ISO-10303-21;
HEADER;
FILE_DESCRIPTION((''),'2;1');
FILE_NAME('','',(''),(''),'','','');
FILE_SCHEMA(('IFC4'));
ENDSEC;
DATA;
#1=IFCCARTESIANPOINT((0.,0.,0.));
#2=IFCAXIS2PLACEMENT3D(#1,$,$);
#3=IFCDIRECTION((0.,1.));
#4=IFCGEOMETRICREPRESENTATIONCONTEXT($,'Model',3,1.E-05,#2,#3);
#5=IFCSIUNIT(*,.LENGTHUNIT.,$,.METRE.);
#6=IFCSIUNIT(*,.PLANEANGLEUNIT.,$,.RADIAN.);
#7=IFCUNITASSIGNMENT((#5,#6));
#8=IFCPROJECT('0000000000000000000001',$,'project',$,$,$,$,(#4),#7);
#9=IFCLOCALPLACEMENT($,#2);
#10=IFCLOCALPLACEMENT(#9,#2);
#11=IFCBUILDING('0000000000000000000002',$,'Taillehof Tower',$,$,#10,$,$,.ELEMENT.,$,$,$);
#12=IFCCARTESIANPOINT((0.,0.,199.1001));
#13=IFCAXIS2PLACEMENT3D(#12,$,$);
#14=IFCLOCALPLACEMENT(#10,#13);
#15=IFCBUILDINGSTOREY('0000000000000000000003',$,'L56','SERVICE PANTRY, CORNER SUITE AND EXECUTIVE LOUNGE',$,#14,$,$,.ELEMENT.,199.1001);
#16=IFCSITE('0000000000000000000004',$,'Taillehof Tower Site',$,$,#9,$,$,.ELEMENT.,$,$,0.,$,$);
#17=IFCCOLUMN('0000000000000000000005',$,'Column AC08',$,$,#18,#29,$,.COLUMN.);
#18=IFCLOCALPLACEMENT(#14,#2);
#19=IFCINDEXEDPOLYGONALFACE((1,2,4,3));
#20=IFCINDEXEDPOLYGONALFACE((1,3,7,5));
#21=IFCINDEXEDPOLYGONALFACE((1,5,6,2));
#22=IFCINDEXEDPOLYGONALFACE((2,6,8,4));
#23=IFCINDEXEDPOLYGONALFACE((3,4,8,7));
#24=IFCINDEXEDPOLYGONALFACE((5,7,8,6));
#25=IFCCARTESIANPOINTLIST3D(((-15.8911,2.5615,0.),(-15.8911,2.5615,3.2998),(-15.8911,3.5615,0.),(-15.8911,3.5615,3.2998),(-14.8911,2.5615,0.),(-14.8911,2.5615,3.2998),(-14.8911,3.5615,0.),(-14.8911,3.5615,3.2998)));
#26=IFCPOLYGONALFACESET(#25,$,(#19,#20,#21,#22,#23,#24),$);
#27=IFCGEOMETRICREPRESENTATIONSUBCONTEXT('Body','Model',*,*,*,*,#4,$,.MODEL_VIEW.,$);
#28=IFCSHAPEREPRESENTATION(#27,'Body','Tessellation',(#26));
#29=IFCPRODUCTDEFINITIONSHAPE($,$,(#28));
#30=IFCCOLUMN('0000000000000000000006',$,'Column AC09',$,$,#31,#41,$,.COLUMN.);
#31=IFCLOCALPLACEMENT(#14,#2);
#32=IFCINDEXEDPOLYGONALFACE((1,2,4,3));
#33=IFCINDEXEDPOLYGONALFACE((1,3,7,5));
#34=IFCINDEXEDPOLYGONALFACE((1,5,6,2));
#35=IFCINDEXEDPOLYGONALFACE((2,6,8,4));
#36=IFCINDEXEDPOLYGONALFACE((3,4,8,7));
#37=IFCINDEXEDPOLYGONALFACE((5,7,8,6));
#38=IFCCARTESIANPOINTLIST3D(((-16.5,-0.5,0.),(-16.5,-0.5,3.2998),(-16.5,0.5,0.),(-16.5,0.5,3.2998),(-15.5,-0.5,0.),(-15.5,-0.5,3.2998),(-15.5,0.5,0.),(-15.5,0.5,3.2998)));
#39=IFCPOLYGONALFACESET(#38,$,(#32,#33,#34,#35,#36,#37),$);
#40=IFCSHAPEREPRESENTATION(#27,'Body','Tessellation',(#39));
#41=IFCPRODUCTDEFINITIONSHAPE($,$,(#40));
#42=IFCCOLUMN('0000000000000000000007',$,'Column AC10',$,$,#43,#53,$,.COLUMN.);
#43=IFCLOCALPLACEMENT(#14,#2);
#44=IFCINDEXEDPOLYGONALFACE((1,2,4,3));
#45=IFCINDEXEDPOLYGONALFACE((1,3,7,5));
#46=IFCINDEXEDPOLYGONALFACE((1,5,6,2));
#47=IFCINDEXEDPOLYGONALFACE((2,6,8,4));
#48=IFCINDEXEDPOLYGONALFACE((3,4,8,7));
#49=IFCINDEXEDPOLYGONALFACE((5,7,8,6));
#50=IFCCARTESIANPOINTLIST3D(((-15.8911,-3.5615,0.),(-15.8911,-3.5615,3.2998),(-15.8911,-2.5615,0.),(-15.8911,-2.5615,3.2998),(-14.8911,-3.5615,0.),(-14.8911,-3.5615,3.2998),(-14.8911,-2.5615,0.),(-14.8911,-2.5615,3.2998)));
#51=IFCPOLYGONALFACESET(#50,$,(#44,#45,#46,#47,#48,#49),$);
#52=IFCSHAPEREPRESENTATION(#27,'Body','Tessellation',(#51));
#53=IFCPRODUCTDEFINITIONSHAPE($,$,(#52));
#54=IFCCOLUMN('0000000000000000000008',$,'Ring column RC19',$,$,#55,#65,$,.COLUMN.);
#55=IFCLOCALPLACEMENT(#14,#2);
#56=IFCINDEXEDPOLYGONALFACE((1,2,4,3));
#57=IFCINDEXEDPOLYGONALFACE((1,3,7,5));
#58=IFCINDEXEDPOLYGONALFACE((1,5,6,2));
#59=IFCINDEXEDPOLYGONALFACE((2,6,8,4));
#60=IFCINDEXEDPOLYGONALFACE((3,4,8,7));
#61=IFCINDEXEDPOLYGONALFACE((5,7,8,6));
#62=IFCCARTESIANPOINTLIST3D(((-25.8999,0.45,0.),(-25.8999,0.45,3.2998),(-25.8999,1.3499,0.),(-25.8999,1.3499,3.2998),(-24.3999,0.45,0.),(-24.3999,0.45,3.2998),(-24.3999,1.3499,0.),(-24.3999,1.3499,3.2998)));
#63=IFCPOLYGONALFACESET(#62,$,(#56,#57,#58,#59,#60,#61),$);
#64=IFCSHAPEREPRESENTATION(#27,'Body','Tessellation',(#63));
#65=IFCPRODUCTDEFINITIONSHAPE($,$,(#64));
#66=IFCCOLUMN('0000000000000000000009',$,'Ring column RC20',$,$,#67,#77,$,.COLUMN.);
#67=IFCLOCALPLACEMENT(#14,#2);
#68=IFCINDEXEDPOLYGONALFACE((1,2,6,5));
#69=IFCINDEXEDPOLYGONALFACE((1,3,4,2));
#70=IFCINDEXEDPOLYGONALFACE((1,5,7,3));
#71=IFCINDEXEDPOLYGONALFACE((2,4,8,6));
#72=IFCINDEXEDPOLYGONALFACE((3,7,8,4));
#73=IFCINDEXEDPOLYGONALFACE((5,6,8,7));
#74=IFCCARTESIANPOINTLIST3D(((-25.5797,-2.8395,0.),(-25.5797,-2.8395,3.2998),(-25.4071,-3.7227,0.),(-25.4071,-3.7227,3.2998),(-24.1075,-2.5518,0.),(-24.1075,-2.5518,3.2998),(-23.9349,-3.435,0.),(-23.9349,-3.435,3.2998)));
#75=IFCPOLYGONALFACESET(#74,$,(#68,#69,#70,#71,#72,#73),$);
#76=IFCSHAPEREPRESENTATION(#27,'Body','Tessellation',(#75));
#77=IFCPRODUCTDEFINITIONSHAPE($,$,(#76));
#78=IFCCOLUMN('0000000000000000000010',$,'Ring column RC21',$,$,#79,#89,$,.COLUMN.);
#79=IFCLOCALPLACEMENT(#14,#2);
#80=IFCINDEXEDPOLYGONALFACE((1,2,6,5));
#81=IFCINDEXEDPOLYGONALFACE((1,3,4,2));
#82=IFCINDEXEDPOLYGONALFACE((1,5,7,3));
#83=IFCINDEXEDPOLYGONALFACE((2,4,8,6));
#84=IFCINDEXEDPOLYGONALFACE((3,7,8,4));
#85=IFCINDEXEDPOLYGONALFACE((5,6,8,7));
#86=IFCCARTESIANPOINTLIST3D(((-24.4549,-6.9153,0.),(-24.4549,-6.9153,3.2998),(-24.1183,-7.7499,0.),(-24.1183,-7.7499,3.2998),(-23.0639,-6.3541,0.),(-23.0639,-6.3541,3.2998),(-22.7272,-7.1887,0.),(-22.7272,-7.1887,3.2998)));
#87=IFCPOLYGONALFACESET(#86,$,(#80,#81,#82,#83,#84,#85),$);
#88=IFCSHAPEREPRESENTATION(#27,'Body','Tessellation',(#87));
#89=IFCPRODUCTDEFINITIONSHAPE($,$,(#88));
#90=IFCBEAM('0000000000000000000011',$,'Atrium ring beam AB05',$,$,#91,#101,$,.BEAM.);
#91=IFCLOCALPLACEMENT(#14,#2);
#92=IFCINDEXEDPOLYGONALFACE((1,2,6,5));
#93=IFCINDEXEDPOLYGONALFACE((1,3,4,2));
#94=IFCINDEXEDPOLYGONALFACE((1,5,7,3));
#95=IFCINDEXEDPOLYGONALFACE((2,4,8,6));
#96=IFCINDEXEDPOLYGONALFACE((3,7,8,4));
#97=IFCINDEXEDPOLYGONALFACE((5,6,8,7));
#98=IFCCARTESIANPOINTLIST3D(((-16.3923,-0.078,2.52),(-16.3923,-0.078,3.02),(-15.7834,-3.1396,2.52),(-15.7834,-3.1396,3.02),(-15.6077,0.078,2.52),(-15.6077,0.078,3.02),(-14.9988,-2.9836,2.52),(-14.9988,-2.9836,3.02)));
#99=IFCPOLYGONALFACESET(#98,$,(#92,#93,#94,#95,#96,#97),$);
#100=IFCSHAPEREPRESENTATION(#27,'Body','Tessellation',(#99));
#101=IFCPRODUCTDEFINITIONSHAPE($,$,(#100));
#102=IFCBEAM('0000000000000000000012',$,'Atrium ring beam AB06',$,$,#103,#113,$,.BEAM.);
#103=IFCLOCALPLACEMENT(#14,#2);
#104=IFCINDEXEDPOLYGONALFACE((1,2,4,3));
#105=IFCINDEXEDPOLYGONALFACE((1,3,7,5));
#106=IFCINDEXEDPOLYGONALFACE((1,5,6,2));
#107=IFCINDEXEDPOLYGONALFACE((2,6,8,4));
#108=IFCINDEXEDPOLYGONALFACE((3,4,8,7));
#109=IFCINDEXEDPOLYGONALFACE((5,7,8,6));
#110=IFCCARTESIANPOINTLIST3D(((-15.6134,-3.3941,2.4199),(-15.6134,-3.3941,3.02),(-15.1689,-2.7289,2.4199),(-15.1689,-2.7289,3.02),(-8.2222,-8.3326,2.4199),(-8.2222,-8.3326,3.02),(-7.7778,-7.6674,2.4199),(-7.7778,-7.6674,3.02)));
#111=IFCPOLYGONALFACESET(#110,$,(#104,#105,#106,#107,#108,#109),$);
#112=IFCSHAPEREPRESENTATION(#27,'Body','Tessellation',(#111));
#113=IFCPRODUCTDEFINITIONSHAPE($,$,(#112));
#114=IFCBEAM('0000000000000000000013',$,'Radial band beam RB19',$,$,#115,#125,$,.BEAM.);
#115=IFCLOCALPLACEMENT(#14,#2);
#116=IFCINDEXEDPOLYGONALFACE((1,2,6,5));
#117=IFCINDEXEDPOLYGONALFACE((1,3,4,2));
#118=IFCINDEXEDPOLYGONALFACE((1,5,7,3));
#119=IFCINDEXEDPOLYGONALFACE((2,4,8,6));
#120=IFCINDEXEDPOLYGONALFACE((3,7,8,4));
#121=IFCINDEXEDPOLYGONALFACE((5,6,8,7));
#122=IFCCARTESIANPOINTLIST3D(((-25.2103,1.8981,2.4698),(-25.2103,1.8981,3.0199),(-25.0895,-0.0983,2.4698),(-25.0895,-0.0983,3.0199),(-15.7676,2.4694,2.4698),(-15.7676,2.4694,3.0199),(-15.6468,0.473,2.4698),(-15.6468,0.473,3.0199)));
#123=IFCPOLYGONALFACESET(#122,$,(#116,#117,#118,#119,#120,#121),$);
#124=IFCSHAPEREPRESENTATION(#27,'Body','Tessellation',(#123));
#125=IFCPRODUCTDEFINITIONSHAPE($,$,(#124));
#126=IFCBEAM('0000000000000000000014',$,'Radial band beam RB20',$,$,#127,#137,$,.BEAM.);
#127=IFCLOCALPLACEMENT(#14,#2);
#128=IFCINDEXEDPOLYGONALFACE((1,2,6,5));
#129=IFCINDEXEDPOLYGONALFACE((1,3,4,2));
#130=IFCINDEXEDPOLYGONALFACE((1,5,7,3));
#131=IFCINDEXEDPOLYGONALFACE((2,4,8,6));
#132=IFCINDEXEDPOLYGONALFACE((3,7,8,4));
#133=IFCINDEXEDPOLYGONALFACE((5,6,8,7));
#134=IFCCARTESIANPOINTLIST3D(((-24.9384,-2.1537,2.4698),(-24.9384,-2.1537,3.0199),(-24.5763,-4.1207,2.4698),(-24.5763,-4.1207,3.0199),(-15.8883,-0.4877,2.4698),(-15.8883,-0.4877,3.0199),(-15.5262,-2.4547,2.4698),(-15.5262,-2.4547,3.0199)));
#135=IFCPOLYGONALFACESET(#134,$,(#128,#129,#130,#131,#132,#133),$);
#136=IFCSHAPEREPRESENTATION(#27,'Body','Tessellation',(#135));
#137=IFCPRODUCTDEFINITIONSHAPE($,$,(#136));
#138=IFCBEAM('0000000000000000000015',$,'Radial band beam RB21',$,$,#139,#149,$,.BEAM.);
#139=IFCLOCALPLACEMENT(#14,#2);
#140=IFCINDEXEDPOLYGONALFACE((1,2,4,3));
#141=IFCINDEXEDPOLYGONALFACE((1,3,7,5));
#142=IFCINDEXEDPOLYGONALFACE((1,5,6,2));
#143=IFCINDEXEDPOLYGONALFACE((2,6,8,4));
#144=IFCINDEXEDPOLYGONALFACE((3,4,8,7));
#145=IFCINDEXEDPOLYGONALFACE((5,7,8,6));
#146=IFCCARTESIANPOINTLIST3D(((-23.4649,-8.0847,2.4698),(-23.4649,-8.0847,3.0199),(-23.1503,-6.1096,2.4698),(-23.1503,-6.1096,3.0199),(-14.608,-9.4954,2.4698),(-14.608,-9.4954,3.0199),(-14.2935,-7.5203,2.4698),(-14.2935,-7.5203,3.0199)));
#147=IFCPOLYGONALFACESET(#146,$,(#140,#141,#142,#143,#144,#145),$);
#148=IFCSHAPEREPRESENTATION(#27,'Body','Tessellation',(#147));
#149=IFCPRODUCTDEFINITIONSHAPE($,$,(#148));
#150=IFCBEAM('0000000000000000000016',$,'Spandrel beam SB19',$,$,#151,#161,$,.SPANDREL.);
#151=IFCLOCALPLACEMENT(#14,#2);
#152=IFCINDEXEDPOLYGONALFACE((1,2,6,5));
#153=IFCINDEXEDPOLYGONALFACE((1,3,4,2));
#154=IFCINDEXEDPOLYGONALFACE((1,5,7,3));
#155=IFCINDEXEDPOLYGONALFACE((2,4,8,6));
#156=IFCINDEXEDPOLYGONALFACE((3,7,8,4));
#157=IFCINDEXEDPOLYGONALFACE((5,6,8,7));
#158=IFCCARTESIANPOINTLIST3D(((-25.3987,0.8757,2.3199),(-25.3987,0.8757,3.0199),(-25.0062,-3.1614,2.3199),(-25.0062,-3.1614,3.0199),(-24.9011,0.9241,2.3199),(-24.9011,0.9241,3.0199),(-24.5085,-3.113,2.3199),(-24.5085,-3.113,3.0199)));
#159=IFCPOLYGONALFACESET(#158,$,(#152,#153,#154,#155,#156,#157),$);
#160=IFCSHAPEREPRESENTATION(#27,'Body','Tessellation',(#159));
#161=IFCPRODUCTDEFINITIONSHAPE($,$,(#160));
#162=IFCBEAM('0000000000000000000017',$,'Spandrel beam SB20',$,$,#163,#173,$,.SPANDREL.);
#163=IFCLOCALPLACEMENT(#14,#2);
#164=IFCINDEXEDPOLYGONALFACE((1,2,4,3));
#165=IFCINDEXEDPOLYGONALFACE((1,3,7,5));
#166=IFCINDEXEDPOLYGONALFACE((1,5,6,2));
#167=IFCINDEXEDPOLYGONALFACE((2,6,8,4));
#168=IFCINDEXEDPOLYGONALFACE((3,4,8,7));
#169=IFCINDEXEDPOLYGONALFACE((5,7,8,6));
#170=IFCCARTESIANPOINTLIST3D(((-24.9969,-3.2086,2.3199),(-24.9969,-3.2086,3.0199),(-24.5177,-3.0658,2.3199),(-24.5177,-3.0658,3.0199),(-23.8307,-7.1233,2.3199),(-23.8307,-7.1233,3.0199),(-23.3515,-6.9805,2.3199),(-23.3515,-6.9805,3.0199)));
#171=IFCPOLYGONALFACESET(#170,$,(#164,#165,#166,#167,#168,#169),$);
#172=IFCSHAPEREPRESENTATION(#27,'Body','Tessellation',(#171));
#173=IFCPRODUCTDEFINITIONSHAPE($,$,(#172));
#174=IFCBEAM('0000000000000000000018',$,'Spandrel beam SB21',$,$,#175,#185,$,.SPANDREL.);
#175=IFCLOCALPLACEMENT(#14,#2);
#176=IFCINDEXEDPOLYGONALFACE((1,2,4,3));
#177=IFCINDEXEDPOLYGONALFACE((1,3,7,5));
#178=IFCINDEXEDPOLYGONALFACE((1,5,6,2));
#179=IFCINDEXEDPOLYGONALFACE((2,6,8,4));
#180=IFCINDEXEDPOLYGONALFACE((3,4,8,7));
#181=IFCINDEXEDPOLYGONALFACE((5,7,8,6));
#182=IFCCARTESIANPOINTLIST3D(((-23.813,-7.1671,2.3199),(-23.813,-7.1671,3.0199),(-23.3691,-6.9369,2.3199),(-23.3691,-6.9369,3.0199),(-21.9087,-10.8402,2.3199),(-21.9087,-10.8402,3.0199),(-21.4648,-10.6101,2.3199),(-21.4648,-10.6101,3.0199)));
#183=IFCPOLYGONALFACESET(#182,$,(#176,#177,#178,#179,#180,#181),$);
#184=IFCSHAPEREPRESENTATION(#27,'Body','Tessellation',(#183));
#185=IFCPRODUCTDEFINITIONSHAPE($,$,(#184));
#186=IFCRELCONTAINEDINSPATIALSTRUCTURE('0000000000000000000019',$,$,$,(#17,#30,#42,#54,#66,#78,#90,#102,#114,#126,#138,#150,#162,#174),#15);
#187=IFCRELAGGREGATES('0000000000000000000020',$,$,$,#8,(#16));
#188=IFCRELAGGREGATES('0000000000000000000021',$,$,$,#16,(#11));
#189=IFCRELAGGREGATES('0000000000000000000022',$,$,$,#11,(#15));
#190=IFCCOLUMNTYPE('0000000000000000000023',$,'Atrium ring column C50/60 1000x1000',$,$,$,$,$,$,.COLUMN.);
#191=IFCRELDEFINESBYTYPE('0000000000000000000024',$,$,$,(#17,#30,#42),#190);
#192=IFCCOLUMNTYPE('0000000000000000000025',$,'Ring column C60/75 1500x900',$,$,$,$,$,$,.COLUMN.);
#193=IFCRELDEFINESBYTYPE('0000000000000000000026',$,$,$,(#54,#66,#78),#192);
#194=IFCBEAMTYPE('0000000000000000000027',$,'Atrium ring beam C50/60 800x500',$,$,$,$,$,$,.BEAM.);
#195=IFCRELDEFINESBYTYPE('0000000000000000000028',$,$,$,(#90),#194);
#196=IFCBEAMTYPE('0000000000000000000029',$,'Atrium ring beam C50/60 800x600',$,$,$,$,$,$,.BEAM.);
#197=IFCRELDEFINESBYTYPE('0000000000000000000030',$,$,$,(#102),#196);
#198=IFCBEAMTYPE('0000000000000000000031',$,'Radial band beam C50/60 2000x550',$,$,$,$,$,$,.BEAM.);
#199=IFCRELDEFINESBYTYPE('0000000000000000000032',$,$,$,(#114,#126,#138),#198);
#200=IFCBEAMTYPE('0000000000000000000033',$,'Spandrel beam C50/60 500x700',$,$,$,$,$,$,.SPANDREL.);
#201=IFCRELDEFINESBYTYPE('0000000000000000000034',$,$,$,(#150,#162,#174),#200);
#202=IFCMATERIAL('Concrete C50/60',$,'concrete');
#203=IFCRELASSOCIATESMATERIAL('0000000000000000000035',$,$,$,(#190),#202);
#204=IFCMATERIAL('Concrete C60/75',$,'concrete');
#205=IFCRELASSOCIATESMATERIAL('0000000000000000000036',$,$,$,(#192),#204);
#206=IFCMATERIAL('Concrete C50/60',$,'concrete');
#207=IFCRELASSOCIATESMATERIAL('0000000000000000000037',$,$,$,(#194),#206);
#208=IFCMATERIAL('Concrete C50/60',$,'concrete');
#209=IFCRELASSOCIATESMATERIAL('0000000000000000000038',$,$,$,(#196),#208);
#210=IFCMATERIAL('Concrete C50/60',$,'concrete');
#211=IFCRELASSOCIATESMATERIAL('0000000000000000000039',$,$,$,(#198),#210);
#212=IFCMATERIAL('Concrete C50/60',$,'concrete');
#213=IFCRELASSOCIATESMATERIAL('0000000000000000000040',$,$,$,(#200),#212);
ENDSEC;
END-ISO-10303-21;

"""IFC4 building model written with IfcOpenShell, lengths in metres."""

from ifc_helpers import new_model, si_unit, direction, frame, origin, origin_2d, place, context, subcontext, project, spatial, rectangle, extrude, material, material_profile, profile_set, type_object, element, save


model = new_model("IFC4")

# Units and contexts
model_context = context("Model", 3, precision=1e-05, world=origin(), true_north=direction((0.0, 1.0)))
body_context = subcontext(model_context, "Body", "Model", "MODEL_VIEW")
ifc_project = project(units=[si_unit("LENGTHUNIT", "METRE"), si_unit("PLANEANGLEUNIT", "RADIAN")], contexts=[model_context])

# Site, building, storey
site_placement = place(None, origin())
site = spatial("IfcSite", under=ifc_project, at=site_placement, Name="Taillehof Tower Site", CompositionType="ELEMENT", RefElevation=0.0)
building_placement = place(site_placement, origin())
building = spatial("IfcBuilding", under=site, at=building_placement, Name="Taillehof Tower", CompositionType="ELEMENT")
storey_placement = place(building_placement, frame((0.0, 0.0, 199.1001)))
storey = spatial("IfcBuildingStorey", under=building, at=storey_placement, Name="L56", Description="SERVICE PANTRY, CORNER SUITE AND EXECUTIVE LOUNGE", CompositionType="ELEMENT", Elevation=199.1001)

# Columns
ifc_material_1 = material(Name="Concrete C50/60", Category="concrete")
ifc_material_profile_1 = material_profile(ifc_material_1, rectangle(XDim=1.0, YDim=1.0, at=origin_2d()), Name="RC 1000x1000")
ifc_profile_set_1 = profile_set([ifc_material_profile_1], Name="Concrete C50/60")
column_type_1 = type_object("IfcColumnType", Name="Atrium ring column C50/60 1000x1000", PredefinedType="COLUMN", material=ifc_profile_set_1)
for number, where, z_axis, x_axis, name in (
    (1, (-15.3911, 3.0615, 0.0), (0.0, 0.0, 1.0), (1.0, 0.0, 0.0), "Column AC08"),
    (2, (-16.0, 0.0, 0.0), (0.0, 0.0, 1.0), (1.0, 0.0, 0.0), "Column AC09"),
    (3, (-15.3911, -3.0615, 0.0), (0.0, 0.0, 1.0), (1.0, 0.0, 0.0), "Column AC10"),
):
    element("IfcColumn", number, at=place(storey_placement, frame(where, z_axis=z_axis, x_axis=x_axis)), inside=storey, type_object=column_type_1, Name=name, PredefinedType="COLUMN", context=body_context, shape_type="SweptSolid", body=[
        extrude(rectangle(XDim=1.0, YDim=1.0, at=origin_2d()), origin(), (0.0, 0.0, 1.0), 3.2998),
    ])
ifc_material_2 = material(Name="Concrete C60/75", Category="concrete")
ifc_material_profile_2 = material_profile(ifc_material_2, rectangle(XDim=1.5, YDim=0.8999, at=origin_2d()), Name="RC 1500x900")
ifc_profile_set_2 = profile_set([ifc_material_profile_2], Name="Concrete C60/75")
column_type_2 = type_object("IfcColumnType", Name="Ring column C60/75 1500x900", PredefinedType="COLUMN", material=ifc_profile_set_2)
for number, where, z_axis, x_axis, name in (
    (4, (-25.1499, 0.8999, 0.0), (0.0, 0.0, 1.0), (-1.0, 0.0, 0.0), "Ring column RC19"),
    (5, (-24.7573, -3.1372, 0.0), (0.0, 0.0, 1.0), (-0.981434, -0.191801, 0.0), "Ring column RC20"),
    (6, (-23.5911, -7.052, 0.0), (0.0, 0.0, 1.0), (-0.927385, -0.374108, 0.0), "Ring column RC21"),
):
    element("IfcColumn", number, at=place(storey_placement, frame(where, z_axis=z_axis, x_axis=x_axis)), inside=storey, type_object=column_type_2, Name=name, PredefinedType="COLUMN", context=body_context, shape_type="SweptSolid", body=[
        extrude(rectangle(XDim=1.5, YDim=0.8999, at=origin_2d()), origin(), (0.0, 0.0, 1.0), 3.2998),
    ])

# Beams
ifc_material_3 = material(Name="Concrete C50/60", Category="concrete")
ifc_material_profile_3 = material_profile(ifc_material_3, rectangle(XDim=0.8, YDim=0.5, at=origin_2d()), Name="RC 800x500")
ifc_profile_set_3 = profile_set([ifc_material_profile_3], Name="Concrete C50/60")
beam_type_1 = type_object("IfcBeamType", Name="Atrium ring beam C50/60 800x500", PredefinedType="BEAM", material=ifc_profile_set_3)
beam_1_placement = place(storey_placement, frame((-16.0, 0.0, 2.77), z_axis=(0.195063, -0.980791, 0.0), x_axis=(0.980791, 0.195063, 0.0)))
element("IfcBeam", 7, at=beam_1_placement, inside=storey, type_object=beam_type_1, Name="Atrium ring beam AB05", PredefinedType="BEAM", context=body_context, shape_type="SweptSolid", body=[
    extrude(rectangle(XDim=0.8, YDim=0.5, at=origin_2d()), origin(), (0.0, 0.0, 1.0), 3.1216),
])
ifc_material_4 = material(Name="Concrete C50/60", Category="concrete")
ifc_material_profile_4 = material_profile(ifc_material_4, rectangle(XDim=0.8, YDim=0.6001, at=origin_2d()), Name="RC 800x600")
ifc_profile_set_4 = profile_set([ifc_material_profile_4], Name="Concrete C50/60")
beam_type_2 = type_object("IfcBeamType", Name="Atrium ring beam C50/60 800x600", PredefinedType="BEAM", material=ifc_profile_set_4)
beam_2_placement = place(storey_placement, frame((-15.3911, -3.0615, 2.72), z_axis=(0.831475, -0.555562, 0.0), x_axis=(0.555562, 0.831475, 0.0)))
element("IfcBeam", 8, at=beam_2_placement, inside=storey, type_object=beam_type_2, Name="Atrium ring beam AB06", PredefinedType="BEAM", context=body_context, shape_type="SweptSolid", body=[
    extrude(rectangle(XDim=0.8, YDim=0.6001, at=origin_2d()), origin(), (0.0, 0.0, 1.0), 8.8892),
])
ifc_material_5 = material(Name="Concrete C50/60", Category="concrete")
ifc_material_profile_5 = material_profile(ifc_material_5, rectangle(XDim=2.0, YDim=0.55, at=origin_2d()), Name="RC 2000x550")
ifc_profile_set_5 = profile_set([ifc_material_profile_5], Name="Concrete C50/60")
beam_type_3 = type_object("IfcBeamType", Name="Radial band beam C50/60 2000x550", PredefinedType="BEAM", material=ifc_profile_set_5)
beam_3_placement = place(storey_placement, frame((-25.1499, 0.8999, 2.7449), z_axis=(0.998175, 0.060391, 0.0), x_axis=(-0.060391, 0.998175, 0.0)))
element("IfcBeam", 9, at=beam_3_placement, inside=storey, type_object=beam_type_3, Name="Radial band beam RB19", PredefinedType="BEAM", context=body_context, shape_type="SweptSolid", body=[
    extrude(rectangle(XDim=2.0, YDim=0.55, at=origin_2d()), origin(), (0.0, 0.0, 1.0), 9.46),
])
beam_4_placement = place(storey_placement, frame((-24.7573, -3.1372, 2.7449), z_axis=(0.983474, 0.181047, 0.0), x_axis=(-0.181047, 0.983474, 0.0)))
element("IfcBeam", 10, at=beam_4_placement, inside=storey, type_object=beam_type_3, Name="Radial band beam RB20", PredefinedType="BEAM", context=body_context, shape_type="SweptSolid", body=[
    extrude(rectangle(XDim=2.0, YDim=0.55, at=origin_2d()), origin(), (0.0, 0.0, 1.0), 9.2021),
])
beam_5_placement = place(storey_placement, frame((-23.3076, -7.0972, 2.7449), z_axis=(0.987553, -0.157288, 0.0), x_axis=(0.157288, 0.987553, 0.0)))
element("IfcBeam", 11, at=beam_5_placement, inside=storey, type_object=beam_type_3, Name="Radial band beam RB21", PredefinedType="BEAM", context=body_context, shape_type="SweptSolid", body=[
    extrude(rectangle(XDim=2.0, YDim=0.55, at=origin_2d()), origin(), (0.0, 0.0, 1.0), 8.9685),
])
ifc_material_6 = material(Name="Concrete C50/60", Category="concrete")
ifc_material_profile_6 = material_profile(ifc_material_6, rectangle(XDim=0.5, YDim=0.7, at=origin_2d()), Name="RC 500x700")
ifc_profile_set_6 = profile_set([ifc_material_profile_6], Name="Concrete C50/60")
beam_type_4 = type_object("IfcBeamType", Name="Spandrel beam C50/60 500x700", PredefinedType="SPANDREL", material=ifc_profile_set_6)
beam_6_placement = place(storey_placement, frame((-25.1499, 0.8999, 2.6699), z_axis=(0.096786, -0.995305, 0.0), x_axis=(0.995305, 0.096786, 0.0)))
element("IfcBeam", 12, at=beam_6_placement, inside=storey, type_object=beam_type_4, Name="Spandrel beam SB19", PredefinedType="SPANDREL", context=body_context, shape_type="SweptSolid", body=[
    extrude(rectangle(XDim=0.5, YDim=0.7, at=origin_2d()), origin(), (0.0, 0.0, 1.0), 4.0562),
])
beam_7_placement = place(storey_placement, frame((-24.7573, -3.1372, 2.6699), z_axis=(0.28551, -0.958376, 0.0), x_axis=(0.958376, 0.28551, 0.0)))
element("IfcBeam", 13, at=beam_7_placement, inside=storey, type_object=beam_type_4, Name="Spandrel beam SB20", PredefinedType="SPANDREL", context=body_context, shape_type="SweptSolid", body=[
    extrude(rectangle(XDim=0.5, YDim=0.7, at=origin_2d()), origin(), (0.0, 0.0, 1.0), 4.0847),
])
beam_8_placement = place(storey_placement, frame((-23.5911, -7.052, 2.6699), z_axis=(0.460265, -0.887781, 0.0), x_axis=(0.887781, 0.460265, 0.0)))
element("IfcBeam", 14, at=beam_8_placement, inside=storey, type_object=beam_type_4, Name="Spandrel beam SB21", PredefinedType="SPANDREL", context=body_context, shape_type="SweptSolid", body=[
    extrude(rectangle(XDim=0.5, YDim=0.7, at=origin_2d()), origin(), (0.0, 0.0, 1.0), 4.1375),
])

save(model, "model.ifc")
